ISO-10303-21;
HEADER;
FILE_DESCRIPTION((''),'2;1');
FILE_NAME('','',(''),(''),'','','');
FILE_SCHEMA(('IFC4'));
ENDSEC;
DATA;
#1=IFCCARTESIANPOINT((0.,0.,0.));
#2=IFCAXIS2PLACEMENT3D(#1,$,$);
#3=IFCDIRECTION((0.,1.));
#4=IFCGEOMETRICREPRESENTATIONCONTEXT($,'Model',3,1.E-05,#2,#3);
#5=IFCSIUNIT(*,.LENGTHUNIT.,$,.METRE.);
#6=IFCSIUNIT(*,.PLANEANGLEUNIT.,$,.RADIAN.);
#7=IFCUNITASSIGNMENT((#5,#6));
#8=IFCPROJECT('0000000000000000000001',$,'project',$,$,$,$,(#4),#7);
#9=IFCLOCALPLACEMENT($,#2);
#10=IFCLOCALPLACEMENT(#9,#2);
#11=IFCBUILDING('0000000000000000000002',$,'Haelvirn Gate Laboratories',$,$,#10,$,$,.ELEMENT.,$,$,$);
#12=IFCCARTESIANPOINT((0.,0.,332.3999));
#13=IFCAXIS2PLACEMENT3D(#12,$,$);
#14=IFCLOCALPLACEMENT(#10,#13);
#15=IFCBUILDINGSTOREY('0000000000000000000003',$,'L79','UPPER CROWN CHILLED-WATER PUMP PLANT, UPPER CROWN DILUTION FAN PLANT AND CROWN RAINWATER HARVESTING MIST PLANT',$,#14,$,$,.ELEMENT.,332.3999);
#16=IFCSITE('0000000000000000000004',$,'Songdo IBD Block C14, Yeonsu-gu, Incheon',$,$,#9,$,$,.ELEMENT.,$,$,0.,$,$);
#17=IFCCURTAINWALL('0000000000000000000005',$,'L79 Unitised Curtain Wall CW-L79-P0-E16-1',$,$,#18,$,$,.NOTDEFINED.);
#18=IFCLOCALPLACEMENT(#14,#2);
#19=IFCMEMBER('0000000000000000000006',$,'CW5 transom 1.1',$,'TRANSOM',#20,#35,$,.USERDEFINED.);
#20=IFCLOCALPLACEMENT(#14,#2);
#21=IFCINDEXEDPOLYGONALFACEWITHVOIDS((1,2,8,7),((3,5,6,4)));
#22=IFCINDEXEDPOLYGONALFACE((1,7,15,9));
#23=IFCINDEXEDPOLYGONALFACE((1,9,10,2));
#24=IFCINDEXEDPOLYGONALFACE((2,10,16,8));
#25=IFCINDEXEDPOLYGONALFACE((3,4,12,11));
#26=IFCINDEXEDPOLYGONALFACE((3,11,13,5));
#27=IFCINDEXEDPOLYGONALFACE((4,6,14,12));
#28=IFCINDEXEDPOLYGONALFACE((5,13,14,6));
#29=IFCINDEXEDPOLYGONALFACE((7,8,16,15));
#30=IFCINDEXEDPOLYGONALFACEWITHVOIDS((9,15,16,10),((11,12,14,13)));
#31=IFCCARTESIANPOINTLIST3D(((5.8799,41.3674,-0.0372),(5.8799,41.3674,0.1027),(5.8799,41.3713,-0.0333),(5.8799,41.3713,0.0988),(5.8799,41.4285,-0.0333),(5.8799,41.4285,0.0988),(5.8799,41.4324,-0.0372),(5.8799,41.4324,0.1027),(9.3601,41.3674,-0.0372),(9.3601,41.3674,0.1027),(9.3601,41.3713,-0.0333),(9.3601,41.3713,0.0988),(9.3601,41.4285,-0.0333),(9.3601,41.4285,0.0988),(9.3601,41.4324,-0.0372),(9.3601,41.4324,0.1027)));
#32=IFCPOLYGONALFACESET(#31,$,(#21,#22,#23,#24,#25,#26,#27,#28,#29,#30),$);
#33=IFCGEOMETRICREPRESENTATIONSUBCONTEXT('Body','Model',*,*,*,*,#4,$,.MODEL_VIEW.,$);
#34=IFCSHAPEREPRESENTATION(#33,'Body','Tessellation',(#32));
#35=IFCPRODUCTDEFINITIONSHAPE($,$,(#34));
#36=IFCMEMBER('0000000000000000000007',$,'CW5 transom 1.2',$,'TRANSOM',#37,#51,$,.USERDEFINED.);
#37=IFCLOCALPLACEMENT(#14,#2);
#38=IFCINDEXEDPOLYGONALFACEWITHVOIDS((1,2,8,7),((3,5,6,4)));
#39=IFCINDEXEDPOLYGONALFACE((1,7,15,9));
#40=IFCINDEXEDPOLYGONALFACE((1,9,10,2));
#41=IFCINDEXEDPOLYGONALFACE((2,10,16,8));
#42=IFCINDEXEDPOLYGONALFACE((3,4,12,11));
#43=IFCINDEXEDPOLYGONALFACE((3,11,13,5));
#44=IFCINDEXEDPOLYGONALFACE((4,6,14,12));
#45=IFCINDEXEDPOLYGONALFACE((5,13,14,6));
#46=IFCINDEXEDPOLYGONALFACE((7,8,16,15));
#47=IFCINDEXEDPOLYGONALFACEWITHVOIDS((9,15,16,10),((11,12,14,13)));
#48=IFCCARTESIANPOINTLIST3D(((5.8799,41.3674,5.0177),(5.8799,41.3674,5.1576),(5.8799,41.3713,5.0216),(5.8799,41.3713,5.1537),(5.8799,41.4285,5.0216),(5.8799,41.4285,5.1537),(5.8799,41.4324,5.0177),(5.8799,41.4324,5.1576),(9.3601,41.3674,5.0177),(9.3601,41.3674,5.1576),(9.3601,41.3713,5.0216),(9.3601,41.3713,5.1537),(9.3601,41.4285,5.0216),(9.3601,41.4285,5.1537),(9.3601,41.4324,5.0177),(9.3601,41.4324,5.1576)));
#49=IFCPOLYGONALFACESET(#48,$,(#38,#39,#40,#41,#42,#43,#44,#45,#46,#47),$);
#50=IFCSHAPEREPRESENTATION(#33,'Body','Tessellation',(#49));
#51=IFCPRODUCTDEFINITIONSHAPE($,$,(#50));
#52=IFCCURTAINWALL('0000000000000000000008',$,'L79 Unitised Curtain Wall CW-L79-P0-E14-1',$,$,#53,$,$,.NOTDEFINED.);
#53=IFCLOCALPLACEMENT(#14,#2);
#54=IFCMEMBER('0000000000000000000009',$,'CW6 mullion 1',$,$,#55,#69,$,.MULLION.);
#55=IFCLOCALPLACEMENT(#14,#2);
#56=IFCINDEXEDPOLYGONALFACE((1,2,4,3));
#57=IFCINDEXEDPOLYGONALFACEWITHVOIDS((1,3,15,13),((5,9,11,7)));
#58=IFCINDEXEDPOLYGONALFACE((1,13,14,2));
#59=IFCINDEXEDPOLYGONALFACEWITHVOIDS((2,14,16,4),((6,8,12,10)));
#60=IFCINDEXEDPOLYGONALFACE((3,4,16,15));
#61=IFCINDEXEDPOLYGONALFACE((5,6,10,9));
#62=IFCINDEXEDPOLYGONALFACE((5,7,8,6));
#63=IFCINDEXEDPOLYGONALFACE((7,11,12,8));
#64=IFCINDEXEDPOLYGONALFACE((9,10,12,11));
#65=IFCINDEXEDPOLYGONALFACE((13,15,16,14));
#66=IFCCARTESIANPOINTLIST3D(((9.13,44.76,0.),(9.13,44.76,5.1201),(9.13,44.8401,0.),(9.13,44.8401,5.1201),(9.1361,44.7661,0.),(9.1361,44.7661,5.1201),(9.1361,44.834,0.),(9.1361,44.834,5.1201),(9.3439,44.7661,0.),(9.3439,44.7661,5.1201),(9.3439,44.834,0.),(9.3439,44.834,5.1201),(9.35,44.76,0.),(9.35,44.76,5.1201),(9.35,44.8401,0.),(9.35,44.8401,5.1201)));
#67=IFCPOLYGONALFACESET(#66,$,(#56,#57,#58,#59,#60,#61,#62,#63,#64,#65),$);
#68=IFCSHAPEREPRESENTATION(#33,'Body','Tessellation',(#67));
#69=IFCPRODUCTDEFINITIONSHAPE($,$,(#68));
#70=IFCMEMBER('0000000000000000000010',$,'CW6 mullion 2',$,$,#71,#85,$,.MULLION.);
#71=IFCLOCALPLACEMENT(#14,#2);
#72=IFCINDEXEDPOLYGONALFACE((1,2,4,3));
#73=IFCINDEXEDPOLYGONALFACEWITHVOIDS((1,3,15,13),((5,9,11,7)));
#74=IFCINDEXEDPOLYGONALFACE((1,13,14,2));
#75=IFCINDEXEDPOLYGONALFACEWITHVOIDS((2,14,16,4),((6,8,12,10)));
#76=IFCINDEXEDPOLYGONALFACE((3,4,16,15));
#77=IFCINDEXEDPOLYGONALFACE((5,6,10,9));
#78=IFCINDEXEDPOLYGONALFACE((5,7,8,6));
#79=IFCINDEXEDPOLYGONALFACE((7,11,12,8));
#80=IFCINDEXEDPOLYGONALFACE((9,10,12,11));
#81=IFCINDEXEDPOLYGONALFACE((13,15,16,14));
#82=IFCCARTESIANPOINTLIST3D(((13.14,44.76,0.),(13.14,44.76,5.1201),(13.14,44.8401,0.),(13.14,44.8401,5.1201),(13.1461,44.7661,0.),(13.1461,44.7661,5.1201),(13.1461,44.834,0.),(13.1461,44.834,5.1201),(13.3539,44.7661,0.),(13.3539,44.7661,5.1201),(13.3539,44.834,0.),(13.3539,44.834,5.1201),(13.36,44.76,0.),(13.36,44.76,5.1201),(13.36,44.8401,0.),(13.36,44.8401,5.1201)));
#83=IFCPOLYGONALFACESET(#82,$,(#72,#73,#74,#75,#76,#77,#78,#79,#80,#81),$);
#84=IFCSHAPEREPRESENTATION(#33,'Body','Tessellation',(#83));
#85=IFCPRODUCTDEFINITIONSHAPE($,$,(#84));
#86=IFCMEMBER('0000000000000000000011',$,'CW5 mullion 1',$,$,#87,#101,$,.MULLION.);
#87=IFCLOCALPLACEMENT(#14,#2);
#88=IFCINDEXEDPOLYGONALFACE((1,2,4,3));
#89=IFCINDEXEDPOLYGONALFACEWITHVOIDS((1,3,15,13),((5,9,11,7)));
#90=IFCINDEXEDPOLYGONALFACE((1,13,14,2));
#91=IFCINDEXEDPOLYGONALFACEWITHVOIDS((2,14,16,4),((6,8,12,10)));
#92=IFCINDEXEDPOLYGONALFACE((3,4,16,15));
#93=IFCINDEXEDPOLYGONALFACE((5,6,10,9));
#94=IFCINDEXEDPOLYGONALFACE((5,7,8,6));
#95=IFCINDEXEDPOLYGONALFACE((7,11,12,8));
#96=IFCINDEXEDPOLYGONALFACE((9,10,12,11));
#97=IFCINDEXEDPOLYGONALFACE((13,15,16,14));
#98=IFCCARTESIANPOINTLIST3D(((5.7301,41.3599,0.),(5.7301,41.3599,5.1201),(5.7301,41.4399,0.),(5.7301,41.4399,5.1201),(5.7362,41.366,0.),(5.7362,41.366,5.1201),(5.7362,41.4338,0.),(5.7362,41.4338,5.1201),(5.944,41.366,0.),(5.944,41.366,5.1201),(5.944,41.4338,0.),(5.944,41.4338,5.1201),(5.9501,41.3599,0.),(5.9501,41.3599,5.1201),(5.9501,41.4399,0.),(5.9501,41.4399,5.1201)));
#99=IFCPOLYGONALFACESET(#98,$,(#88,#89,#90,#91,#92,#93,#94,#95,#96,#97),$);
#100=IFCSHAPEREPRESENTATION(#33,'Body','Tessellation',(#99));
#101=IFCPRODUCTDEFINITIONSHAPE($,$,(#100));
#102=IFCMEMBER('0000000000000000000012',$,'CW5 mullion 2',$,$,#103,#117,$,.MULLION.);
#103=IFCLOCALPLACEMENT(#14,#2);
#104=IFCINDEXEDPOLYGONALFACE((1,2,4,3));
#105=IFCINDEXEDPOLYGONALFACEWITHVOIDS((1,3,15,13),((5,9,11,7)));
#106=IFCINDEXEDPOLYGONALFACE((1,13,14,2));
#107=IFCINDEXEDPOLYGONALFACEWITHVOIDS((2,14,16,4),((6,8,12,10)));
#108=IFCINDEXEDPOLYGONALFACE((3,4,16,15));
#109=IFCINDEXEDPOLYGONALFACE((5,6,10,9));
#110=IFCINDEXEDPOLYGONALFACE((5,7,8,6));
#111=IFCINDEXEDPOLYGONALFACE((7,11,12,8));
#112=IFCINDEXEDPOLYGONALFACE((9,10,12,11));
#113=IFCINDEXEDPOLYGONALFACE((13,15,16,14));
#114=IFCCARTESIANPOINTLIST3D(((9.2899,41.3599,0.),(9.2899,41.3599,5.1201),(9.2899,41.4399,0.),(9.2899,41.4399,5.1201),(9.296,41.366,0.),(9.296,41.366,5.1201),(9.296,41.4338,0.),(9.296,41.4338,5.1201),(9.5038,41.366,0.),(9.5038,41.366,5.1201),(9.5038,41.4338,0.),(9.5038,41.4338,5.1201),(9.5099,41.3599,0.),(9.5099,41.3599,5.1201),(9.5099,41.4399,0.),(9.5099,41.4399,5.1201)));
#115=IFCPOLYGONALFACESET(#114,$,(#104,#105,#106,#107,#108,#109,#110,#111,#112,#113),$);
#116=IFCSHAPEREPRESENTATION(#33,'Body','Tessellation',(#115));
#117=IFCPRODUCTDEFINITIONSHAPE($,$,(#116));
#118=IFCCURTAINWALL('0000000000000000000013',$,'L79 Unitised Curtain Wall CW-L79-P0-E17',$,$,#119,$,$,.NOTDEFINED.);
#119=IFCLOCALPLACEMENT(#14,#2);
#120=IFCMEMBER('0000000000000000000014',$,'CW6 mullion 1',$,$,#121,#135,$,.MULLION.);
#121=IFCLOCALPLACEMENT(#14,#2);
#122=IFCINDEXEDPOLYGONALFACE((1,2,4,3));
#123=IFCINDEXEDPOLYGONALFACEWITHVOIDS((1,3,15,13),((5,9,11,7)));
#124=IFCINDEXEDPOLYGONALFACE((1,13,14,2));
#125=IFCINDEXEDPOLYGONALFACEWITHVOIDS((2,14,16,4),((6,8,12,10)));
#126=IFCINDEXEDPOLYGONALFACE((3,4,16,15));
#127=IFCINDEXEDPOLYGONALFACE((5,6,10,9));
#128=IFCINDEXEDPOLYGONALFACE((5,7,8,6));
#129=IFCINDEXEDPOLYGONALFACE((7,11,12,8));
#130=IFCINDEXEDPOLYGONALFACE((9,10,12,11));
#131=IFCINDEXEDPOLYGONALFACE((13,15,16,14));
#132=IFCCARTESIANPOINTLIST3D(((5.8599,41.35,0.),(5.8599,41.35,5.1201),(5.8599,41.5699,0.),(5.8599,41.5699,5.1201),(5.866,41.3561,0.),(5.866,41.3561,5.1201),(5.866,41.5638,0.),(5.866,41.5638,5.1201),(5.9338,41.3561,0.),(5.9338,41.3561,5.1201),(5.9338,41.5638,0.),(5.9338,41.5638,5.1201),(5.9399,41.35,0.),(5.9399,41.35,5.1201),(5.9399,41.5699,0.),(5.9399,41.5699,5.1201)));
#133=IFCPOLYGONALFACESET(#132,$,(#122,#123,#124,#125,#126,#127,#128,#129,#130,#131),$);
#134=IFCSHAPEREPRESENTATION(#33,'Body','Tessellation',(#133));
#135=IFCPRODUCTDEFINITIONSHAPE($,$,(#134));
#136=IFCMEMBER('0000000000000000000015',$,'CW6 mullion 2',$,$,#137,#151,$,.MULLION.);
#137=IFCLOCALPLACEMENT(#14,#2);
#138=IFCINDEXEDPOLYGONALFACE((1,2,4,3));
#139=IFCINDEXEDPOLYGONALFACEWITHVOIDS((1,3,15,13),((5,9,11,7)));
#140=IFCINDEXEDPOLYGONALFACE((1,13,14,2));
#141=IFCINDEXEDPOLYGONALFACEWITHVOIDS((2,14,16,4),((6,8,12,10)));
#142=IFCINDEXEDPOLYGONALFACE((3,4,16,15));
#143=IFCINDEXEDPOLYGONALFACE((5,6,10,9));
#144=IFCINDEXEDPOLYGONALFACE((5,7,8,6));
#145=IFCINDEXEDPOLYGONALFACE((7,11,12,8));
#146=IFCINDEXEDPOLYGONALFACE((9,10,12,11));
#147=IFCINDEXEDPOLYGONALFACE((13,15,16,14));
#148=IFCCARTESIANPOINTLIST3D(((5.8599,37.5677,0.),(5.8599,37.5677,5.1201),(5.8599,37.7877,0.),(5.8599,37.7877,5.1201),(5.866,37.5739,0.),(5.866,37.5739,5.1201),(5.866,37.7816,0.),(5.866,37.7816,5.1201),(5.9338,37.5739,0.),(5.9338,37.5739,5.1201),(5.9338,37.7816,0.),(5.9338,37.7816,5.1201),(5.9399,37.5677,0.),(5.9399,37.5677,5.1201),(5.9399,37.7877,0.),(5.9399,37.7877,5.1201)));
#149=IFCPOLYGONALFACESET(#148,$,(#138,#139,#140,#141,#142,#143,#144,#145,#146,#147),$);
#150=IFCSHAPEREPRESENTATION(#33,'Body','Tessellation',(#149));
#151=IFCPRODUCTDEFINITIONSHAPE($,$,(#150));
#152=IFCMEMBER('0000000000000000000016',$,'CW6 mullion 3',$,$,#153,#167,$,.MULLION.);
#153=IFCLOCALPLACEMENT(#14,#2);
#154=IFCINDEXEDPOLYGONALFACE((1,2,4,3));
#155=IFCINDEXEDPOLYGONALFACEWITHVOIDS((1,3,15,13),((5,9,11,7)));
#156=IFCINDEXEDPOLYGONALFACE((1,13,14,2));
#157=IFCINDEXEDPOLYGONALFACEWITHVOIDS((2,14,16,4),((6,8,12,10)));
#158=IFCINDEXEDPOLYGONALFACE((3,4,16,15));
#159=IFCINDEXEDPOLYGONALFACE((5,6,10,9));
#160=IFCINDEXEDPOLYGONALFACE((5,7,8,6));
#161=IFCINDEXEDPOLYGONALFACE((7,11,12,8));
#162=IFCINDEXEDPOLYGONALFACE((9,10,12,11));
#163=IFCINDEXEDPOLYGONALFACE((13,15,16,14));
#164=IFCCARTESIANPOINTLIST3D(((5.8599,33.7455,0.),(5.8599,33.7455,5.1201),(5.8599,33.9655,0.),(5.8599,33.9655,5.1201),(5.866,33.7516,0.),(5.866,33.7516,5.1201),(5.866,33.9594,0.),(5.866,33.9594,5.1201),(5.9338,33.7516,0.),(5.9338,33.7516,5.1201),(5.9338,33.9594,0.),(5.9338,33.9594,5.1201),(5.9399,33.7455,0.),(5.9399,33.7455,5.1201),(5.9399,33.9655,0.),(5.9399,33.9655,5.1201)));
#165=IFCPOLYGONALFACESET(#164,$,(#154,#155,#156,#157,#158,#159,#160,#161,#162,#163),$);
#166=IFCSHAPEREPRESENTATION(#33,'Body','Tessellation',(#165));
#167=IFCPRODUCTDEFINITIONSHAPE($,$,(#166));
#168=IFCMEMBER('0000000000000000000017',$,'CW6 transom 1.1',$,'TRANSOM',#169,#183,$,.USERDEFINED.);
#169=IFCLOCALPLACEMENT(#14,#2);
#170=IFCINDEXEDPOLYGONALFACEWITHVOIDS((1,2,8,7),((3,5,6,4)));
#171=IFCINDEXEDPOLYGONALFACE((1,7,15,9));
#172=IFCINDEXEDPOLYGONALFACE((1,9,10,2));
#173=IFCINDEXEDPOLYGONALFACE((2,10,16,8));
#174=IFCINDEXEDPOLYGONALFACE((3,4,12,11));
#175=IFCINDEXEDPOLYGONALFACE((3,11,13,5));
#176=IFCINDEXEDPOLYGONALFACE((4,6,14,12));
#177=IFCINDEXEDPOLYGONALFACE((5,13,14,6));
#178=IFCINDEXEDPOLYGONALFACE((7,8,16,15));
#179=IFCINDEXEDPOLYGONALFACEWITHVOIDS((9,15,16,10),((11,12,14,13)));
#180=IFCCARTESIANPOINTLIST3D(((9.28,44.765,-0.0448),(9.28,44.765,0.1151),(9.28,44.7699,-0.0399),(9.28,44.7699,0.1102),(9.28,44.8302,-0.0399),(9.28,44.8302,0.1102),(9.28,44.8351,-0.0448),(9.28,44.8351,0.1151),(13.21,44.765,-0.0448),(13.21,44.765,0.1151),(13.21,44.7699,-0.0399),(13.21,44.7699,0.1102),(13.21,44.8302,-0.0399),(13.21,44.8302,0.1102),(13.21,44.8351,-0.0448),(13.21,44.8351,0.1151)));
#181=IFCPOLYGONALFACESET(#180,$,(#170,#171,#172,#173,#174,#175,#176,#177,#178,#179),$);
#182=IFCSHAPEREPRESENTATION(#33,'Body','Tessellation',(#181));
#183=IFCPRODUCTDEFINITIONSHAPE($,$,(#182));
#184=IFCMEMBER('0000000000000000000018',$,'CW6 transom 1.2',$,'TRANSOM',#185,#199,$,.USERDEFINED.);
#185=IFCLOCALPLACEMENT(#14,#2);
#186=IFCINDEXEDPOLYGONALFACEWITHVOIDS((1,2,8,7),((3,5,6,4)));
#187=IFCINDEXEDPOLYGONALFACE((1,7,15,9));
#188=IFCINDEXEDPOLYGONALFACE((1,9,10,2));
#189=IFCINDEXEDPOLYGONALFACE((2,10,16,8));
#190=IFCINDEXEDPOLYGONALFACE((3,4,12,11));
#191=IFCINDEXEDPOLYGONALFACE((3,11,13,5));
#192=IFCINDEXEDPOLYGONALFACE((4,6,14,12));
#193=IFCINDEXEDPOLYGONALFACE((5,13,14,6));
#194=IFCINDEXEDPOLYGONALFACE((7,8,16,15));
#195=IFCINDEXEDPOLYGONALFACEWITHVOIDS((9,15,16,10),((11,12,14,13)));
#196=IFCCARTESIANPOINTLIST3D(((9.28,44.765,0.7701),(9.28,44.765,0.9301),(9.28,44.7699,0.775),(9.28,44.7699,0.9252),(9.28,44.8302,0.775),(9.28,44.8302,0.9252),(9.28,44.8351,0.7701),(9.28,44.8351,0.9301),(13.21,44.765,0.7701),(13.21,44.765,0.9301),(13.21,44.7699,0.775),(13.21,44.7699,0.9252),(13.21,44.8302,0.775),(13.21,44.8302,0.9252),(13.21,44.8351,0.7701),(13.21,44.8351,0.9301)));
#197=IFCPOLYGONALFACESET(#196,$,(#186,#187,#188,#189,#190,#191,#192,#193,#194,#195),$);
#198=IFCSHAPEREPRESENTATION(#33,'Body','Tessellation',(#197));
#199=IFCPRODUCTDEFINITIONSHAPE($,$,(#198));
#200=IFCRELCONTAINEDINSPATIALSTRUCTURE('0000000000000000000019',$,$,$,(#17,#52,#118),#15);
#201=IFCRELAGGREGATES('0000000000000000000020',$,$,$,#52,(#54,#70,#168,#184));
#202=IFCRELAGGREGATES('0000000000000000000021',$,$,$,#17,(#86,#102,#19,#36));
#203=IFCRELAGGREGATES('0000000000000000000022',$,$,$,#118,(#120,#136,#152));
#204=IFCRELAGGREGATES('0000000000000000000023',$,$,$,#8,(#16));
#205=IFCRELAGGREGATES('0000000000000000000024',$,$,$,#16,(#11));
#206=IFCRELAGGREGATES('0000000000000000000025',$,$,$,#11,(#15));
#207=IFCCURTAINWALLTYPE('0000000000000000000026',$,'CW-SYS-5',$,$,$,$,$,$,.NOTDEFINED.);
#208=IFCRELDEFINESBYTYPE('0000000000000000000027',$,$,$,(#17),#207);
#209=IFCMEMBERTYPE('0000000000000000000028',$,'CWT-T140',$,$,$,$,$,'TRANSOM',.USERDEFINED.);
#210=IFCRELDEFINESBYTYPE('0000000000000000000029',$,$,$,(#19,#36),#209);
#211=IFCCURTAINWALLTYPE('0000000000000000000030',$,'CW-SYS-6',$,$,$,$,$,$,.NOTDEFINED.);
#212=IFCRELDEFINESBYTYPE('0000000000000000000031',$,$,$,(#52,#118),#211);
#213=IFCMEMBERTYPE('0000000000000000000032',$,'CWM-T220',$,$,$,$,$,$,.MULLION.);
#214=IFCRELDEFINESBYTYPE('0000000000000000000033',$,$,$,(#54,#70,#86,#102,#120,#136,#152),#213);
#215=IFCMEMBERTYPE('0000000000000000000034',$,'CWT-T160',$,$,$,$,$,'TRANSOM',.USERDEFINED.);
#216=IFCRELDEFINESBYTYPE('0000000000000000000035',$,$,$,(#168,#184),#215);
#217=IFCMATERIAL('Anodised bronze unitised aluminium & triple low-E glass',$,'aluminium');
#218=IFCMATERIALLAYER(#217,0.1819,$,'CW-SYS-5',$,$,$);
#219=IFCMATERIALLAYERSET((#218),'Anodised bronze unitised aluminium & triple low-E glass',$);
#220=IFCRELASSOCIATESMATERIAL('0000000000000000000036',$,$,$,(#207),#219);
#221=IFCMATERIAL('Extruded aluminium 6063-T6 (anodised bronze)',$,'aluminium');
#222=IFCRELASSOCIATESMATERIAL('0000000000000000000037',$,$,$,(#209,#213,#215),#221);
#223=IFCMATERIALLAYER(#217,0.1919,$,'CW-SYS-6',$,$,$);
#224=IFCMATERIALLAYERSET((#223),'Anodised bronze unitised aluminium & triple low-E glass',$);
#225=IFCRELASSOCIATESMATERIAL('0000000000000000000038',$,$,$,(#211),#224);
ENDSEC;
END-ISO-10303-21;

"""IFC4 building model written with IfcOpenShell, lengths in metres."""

from ifc_helpers import new_model, si_unit, direction, frame, origin, origin_2d, place, context, subcontext, project, spatial, hollow_rectangle, extrude, source, transform, mapped, material, layer, layer_set, material_profile, profile_set, type_object, type_shapes, element, aggregate, save


model = new_model("IFC4")

# Units and contexts
model_context = context("Model", 3, precision=1e-05, world=origin(), true_north=direction((0.0, 1.0)))
body_context = subcontext(model_context, "Body", "Model", "MODEL_VIEW")
ifc_project = project(units=[si_unit("LENGTHUNIT", "METRE"), si_unit("PLANEANGLEUNIT", "RADIAN")], contexts=[model_context])

# Site, building, storey
site_placement = place(None, origin())
site = spatial("IfcSite", under=ifc_project, at=site_placement, Name="Songdo IBD Block C14, Yeonsu-gu, Incheon", CompositionType="ELEMENT", RefElevation=0.0)
building_placement = place(site_placement, origin())
building = spatial("IfcBuilding", under=site, at=building_placement, Name="Haelvirn Gate Laboratories", CompositionType="ELEMENT")
storey_placement = place(building_placement, frame((0.0, 0.0, 332.3999)))
storey = spatial("IfcBuildingStorey", under=building, at=storey_placement, Name="L79", Description="UPPER CROWN CHILLED-WATER PUMP PLANT, UPPER CROWN DILUTION FAN PLANT AND CROWN RAINWATER HARVESTING MIST PLANT", CompositionType="ELEMENT", Elevation=332.3999)

# Curtain walls, members
ifc_material_1 = material(Name="Anodised bronze unitised aluminium & triple low-E glass", Category="aluminium")
ifc_layer_1 = layer(ifc_material_1, 0.1819, Name="CW-SYS-5")
ifc_layer_set_1 = layer_set([ifc_layer_1], Name="Anodised bronze unitised aluminium & triple low-E glass")
curtain_wall_type_1 = type_object("IfcCurtainWallType", Name="CW-SYS-5", PredefinedType="NOTDEFINED", material=ifc_layer_set_1)
curtain_wall_1_placement = place(storey_placement, origin())
curtain_wall_1 = element("IfcCurtainWall", 1, at=curtain_wall_1_placement, inside=storey, type_object=curtain_wall_type_1, Name="L79 Unitised Curtain Wall CW-L79-P0-E16-1", PredefinedType="NOTDEFINED")
ifc_material_2 = material(Name="Extruded aluminium 6063-T6 (anodised bronze)", Category="aluminium")
ifc_material_profile_1 = material_profile(ifc_material_2, hollow_rectangle(XDim=0.0649, YDim=0.1399, WallThickness=0.0039, at=origin_2d()), Name="CWT-140x65x4")
ifc_profile_set_1 = profile_set([ifc_material_profile_1], Name="Extruded aluminium 6063-T6 (anodised bronze)")
member_type_1 = type_object("IfcMemberType", Name="CWT-T140", ElementType="TRANSOM", PredefinedType="USERDEFINED", material=ifc_profile_set_1)
shared_shape_1 = source(origin(), body_context, "Body", "SweptSolid", [
    extrude(hollow_rectangle(XDim=0.0649, YDim=0.1399, WallThickness=0.0039, at=origin_2d()), origin(), (0.0, 0.0, 1.0), 3.4802),
])
type_shapes(member_type_1, [shared_shape_1])
member_1_placement = place(storey_placement, frame((5.8799, 41.3999, 0.0327), z_axis=(1.0, 0.0, 0.0), x_axis=(0.0, 1.0, 0.0)))
member_1 = element("IfcMember", 2, at=member_1_placement, type_object=member_type_1, Name="CW5 transom 1.1", ObjectType="TRANSOM", PredefinedType="USERDEFINED", context=body_context, shape_type="MappedRepresentation", body=[
    mapped(shared_shape_1, transform((0.0, 0.0, 0.0), scale=1.0)),
])
member_2_placement = place(storey_placement, frame((5.8799, 41.3999, 5.0876), z_axis=(1.0, 0.0, 0.0), x_axis=(0.0, 1.0, 0.0)))
member_2 = element("IfcMember", 3, at=member_2_placement, type_object=member_type_1, Name="CW5 transom 1.2", ObjectType="TRANSOM", PredefinedType="USERDEFINED", context=body_context, shape_type="MappedRepresentation", body=[
    mapped(shared_shape_1, transform((0.0, 0.0, 0.0), scale=1.0)),
])
ifc_layer_2 = layer(ifc_material_1, 0.1919, Name="CW-SYS-6")
ifc_layer_set_2 = layer_set([ifc_layer_2], Name="Anodised bronze unitised aluminium & triple low-E glass")
curtain_wall_type_2 = type_object("IfcCurtainWallType", Name="CW-SYS-6", PredefinedType="NOTDEFINED", material=ifc_layer_set_2)
curtain_wall_2_placement = place(storey_placement, origin())
curtain_wall_2 = element("IfcCurtainWall", 4, at=curtain_wall_2_placement, inside=storey, type_object=curtain_wall_type_2, Name="L79 Unitised Curtain Wall CW-L79-P0-E14-1", PredefinedType="NOTDEFINED")
ifc_material_profile_2 = material_profile(ifc_material_2, hollow_rectangle(XDim=0.0801, YDim=0.22, WallThickness=0.0061, at=origin_2d()), Name="CWM-220x80x6")
ifc_profile_set_2 = profile_set([ifc_material_profile_2], Name="Extruded aluminium 6063-T6 (anodised bronze)")
member_type_2 = type_object("IfcMemberType", Name="CWM-T220", PredefinedType="MULLION", material=ifc_profile_set_2)
shared_shape_2 = source(origin(), body_context, "Body", "SweptSolid", [
    extrude(hollow_rectangle(XDim=0.0801, YDim=0.22, WallThickness=0.0061, at=origin_2d()), origin(), (0.0, 0.0, 1.0), 5.1201),
])
type_shapes(member_type_2, [shared_shape_2])
member_3_placement = place(storey_placement, frame((9.24, 44.8, 0.0), z_axis=(0.0, 0.0, 1.0), x_axis=(0.0, 1.0, 0.0)))
member_3 = element("IfcMember", 5, at=member_3_placement, type_object=member_type_2, Name="CW6 mullion 1", PredefinedType="MULLION", context=body_context, shape_type="MappedRepresentation", body=[
    mapped(shared_shape_2, transform((0.0, 0.0, 0.0), scale=1.0)),
])
member_4_placement = place(storey_placement, frame((13.25, 44.8, 0.0), z_axis=(0.0, 0.0, 1.0), x_axis=(0.0, 1.0, 0.0)))
member_4 = element("IfcMember", 6, at=member_4_placement, type_object=member_type_2, Name="CW6 mullion 2", PredefinedType="MULLION", context=body_context, shape_type="MappedRepresentation", body=[
    mapped(shared_shape_2, transform((0.0, 0.0, 0.0), scale=1.0)),
])

# Members
member_5_placement = place(storey_placement, frame((5.8401, 41.3999, 0.0), z_axis=(0.0, 0.0, 1.0), x_axis=(0.0, 1.0, 0.0)))
member_5 = element("IfcMember", 7, at=member_5_placement, type_object=member_type_2, Name="CW5 mullion 1", PredefinedType="MULLION", context=body_context, shape_type="MappedRepresentation", body=[
    mapped(shared_shape_2, transform((0.0, 0.0, 0.0), scale=1.0)),
])
member_6_placement = place(storey_placement, frame((9.3999, 41.3999, 0.0), z_axis=(0.0, 0.0, 1.0), x_axis=(0.0, 1.0, 0.0)))
member_6 = element("IfcMember", 8, at=member_6_placement, type_object=member_type_2, Name="CW5 mullion 2", PredefinedType="MULLION", context=body_context, shape_type="MappedRepresentation", body=[
    mapped(shared_shape_2, transform((0.0, 0.0, 0.0), scale=1.0)),
])

# Curtain wall, members
curtain_wall_3_placement = place(storey_placement, origin())
curtain_wall_3 = element("IfcCurtainWall", 9, at=curtain_wall_3_placement, inside=storey, type_object=curtain_wall_type_2, Name="L79 Unitised Curtain Wall CW-L79-P0-E17", PredefinedType="NOTDEFINED")
member_7_placement = place(storey_placement, frame((5.8999, 41.46, 0.0), z_axis=(0.0, 0.0, 1.0), x_axis=(1.0, 0.0, 0.0)))
member_7 = element("IfcMember", 10, at=member_7_placement, type_object=member_type_2, Name="CW6 mullion 1", PredefinedType="MULLION", context=body_context, shape_type="MappedRepresentation", body=[
    mapped(shared_shape_2, transform((0.0, 0.0, 0.0), scale=1.0)),
])
member_8_placement = place(storey_placement, frame((5.8999, 37.6777, 0.0), z_axis=(0.0, 0.0, 1.0), x_axis=(1.0, 0.0, 0.0)))
member_8 = element("IfcMember", 11, at=member_8_placement, type_object=member_type_2, Name="CW6 mullion 2", PredefinedType="MULLION", context=body_context, shape_type="MappedRepresentation", body=[
    mapped(shared_shape_2, transform((0.0, 0.0, 0.0), scale=1.0)),
])
member_9_placement = place(storey_placement, frame((5.8999, 33.8555, 0.0), z_axis=(0.0, 0.0, 1.0), x_axis=(1.0, 0.0, 0.0)))
member_9 = element("IfcMember", 12, at=member_9_placement, type_object=member_type_2, Name="CW6 mullion 3", PredefinedType="MULLION", context=body_context, shape_type="MappedRepresentation", body=[
    mapped(shared_shape_2, transform((0.0, 0.0, 0.0), scale=1.0)),
])

# Members
ifc_material_profile_3 = material_profile(ifc_material_2, hollow_rectangle(XDim=0.0701, YDim=0.1599, WallThickness=0.0049, at=origin_2d()), Name="CWT-160x70x5")
ifc_profile_set_3 = profile_set([ifc_material_profile_3], Name="Extruded aluminium 6063-T6 (anodised bronze)")
member_type_3 = type_object("IfcMemberType", Name="CWT-T160", ElementType="TRANSOM", PredefinedType="USERDEFINED", material=ifc_profile_set_3)
shared_shape_3 = source(origin(), body_context, "Body", "SweptSolid", [
    extrude(hollow_rectangle(XDim=0.0701, YDim=0.1599, WallThickness=0.0049, at=origin_2d()), origin(), (0.0, 0.0, 1.0), 3.9299),
])
member_10_placement = place(storey_placement, frame((9.28, 44.8, 0.0352), z_axis=(1.0, 0.0, 0.0), x_axis=(0.0, 1.0, 0.0)))
member_10 = element("IfcMember", 13, at=member_10_placement, type_object=member_type_3, Name="CW6 transom 1.1", ObjectType="TRANSOM", PredefinedType="USERDEFINED", context=body_context, shape_type="MappedRepresentation", body=[
    mapped(shared_shape_3, transform((0.0, 0.0, 0.0), scale=1.0)),
])
member_11_placement = place(storey_placement, frame((9.28, 44.8, 0.8501), z_axis=(1.0, 0.0, 0.0), x_axis=(0.0, 1.0, 0.0)))
member_11 = element("IfcMember", 14, at=member_11_placement, type_object=member_type_3, Name="CW6 transom 1.2", ObjectType="TRANSOM", PredefinedType="USERDEFINED", context=body_context, shape_type="MappedRepresentation", body=[
    mapped(shared_shape_3, transform((0.0, 0.0, 0.0), scale=1.0)),
])

aggregate(curtain_wall_2, [member_3, member_4, member_10, member_11])
aggregate(curtain_wall_1, [member_5, member_6, member_1, member_2])
aggregate(curtain_wall_3, [member_7, member_8, member_9])

save(model, "model.ifc")
